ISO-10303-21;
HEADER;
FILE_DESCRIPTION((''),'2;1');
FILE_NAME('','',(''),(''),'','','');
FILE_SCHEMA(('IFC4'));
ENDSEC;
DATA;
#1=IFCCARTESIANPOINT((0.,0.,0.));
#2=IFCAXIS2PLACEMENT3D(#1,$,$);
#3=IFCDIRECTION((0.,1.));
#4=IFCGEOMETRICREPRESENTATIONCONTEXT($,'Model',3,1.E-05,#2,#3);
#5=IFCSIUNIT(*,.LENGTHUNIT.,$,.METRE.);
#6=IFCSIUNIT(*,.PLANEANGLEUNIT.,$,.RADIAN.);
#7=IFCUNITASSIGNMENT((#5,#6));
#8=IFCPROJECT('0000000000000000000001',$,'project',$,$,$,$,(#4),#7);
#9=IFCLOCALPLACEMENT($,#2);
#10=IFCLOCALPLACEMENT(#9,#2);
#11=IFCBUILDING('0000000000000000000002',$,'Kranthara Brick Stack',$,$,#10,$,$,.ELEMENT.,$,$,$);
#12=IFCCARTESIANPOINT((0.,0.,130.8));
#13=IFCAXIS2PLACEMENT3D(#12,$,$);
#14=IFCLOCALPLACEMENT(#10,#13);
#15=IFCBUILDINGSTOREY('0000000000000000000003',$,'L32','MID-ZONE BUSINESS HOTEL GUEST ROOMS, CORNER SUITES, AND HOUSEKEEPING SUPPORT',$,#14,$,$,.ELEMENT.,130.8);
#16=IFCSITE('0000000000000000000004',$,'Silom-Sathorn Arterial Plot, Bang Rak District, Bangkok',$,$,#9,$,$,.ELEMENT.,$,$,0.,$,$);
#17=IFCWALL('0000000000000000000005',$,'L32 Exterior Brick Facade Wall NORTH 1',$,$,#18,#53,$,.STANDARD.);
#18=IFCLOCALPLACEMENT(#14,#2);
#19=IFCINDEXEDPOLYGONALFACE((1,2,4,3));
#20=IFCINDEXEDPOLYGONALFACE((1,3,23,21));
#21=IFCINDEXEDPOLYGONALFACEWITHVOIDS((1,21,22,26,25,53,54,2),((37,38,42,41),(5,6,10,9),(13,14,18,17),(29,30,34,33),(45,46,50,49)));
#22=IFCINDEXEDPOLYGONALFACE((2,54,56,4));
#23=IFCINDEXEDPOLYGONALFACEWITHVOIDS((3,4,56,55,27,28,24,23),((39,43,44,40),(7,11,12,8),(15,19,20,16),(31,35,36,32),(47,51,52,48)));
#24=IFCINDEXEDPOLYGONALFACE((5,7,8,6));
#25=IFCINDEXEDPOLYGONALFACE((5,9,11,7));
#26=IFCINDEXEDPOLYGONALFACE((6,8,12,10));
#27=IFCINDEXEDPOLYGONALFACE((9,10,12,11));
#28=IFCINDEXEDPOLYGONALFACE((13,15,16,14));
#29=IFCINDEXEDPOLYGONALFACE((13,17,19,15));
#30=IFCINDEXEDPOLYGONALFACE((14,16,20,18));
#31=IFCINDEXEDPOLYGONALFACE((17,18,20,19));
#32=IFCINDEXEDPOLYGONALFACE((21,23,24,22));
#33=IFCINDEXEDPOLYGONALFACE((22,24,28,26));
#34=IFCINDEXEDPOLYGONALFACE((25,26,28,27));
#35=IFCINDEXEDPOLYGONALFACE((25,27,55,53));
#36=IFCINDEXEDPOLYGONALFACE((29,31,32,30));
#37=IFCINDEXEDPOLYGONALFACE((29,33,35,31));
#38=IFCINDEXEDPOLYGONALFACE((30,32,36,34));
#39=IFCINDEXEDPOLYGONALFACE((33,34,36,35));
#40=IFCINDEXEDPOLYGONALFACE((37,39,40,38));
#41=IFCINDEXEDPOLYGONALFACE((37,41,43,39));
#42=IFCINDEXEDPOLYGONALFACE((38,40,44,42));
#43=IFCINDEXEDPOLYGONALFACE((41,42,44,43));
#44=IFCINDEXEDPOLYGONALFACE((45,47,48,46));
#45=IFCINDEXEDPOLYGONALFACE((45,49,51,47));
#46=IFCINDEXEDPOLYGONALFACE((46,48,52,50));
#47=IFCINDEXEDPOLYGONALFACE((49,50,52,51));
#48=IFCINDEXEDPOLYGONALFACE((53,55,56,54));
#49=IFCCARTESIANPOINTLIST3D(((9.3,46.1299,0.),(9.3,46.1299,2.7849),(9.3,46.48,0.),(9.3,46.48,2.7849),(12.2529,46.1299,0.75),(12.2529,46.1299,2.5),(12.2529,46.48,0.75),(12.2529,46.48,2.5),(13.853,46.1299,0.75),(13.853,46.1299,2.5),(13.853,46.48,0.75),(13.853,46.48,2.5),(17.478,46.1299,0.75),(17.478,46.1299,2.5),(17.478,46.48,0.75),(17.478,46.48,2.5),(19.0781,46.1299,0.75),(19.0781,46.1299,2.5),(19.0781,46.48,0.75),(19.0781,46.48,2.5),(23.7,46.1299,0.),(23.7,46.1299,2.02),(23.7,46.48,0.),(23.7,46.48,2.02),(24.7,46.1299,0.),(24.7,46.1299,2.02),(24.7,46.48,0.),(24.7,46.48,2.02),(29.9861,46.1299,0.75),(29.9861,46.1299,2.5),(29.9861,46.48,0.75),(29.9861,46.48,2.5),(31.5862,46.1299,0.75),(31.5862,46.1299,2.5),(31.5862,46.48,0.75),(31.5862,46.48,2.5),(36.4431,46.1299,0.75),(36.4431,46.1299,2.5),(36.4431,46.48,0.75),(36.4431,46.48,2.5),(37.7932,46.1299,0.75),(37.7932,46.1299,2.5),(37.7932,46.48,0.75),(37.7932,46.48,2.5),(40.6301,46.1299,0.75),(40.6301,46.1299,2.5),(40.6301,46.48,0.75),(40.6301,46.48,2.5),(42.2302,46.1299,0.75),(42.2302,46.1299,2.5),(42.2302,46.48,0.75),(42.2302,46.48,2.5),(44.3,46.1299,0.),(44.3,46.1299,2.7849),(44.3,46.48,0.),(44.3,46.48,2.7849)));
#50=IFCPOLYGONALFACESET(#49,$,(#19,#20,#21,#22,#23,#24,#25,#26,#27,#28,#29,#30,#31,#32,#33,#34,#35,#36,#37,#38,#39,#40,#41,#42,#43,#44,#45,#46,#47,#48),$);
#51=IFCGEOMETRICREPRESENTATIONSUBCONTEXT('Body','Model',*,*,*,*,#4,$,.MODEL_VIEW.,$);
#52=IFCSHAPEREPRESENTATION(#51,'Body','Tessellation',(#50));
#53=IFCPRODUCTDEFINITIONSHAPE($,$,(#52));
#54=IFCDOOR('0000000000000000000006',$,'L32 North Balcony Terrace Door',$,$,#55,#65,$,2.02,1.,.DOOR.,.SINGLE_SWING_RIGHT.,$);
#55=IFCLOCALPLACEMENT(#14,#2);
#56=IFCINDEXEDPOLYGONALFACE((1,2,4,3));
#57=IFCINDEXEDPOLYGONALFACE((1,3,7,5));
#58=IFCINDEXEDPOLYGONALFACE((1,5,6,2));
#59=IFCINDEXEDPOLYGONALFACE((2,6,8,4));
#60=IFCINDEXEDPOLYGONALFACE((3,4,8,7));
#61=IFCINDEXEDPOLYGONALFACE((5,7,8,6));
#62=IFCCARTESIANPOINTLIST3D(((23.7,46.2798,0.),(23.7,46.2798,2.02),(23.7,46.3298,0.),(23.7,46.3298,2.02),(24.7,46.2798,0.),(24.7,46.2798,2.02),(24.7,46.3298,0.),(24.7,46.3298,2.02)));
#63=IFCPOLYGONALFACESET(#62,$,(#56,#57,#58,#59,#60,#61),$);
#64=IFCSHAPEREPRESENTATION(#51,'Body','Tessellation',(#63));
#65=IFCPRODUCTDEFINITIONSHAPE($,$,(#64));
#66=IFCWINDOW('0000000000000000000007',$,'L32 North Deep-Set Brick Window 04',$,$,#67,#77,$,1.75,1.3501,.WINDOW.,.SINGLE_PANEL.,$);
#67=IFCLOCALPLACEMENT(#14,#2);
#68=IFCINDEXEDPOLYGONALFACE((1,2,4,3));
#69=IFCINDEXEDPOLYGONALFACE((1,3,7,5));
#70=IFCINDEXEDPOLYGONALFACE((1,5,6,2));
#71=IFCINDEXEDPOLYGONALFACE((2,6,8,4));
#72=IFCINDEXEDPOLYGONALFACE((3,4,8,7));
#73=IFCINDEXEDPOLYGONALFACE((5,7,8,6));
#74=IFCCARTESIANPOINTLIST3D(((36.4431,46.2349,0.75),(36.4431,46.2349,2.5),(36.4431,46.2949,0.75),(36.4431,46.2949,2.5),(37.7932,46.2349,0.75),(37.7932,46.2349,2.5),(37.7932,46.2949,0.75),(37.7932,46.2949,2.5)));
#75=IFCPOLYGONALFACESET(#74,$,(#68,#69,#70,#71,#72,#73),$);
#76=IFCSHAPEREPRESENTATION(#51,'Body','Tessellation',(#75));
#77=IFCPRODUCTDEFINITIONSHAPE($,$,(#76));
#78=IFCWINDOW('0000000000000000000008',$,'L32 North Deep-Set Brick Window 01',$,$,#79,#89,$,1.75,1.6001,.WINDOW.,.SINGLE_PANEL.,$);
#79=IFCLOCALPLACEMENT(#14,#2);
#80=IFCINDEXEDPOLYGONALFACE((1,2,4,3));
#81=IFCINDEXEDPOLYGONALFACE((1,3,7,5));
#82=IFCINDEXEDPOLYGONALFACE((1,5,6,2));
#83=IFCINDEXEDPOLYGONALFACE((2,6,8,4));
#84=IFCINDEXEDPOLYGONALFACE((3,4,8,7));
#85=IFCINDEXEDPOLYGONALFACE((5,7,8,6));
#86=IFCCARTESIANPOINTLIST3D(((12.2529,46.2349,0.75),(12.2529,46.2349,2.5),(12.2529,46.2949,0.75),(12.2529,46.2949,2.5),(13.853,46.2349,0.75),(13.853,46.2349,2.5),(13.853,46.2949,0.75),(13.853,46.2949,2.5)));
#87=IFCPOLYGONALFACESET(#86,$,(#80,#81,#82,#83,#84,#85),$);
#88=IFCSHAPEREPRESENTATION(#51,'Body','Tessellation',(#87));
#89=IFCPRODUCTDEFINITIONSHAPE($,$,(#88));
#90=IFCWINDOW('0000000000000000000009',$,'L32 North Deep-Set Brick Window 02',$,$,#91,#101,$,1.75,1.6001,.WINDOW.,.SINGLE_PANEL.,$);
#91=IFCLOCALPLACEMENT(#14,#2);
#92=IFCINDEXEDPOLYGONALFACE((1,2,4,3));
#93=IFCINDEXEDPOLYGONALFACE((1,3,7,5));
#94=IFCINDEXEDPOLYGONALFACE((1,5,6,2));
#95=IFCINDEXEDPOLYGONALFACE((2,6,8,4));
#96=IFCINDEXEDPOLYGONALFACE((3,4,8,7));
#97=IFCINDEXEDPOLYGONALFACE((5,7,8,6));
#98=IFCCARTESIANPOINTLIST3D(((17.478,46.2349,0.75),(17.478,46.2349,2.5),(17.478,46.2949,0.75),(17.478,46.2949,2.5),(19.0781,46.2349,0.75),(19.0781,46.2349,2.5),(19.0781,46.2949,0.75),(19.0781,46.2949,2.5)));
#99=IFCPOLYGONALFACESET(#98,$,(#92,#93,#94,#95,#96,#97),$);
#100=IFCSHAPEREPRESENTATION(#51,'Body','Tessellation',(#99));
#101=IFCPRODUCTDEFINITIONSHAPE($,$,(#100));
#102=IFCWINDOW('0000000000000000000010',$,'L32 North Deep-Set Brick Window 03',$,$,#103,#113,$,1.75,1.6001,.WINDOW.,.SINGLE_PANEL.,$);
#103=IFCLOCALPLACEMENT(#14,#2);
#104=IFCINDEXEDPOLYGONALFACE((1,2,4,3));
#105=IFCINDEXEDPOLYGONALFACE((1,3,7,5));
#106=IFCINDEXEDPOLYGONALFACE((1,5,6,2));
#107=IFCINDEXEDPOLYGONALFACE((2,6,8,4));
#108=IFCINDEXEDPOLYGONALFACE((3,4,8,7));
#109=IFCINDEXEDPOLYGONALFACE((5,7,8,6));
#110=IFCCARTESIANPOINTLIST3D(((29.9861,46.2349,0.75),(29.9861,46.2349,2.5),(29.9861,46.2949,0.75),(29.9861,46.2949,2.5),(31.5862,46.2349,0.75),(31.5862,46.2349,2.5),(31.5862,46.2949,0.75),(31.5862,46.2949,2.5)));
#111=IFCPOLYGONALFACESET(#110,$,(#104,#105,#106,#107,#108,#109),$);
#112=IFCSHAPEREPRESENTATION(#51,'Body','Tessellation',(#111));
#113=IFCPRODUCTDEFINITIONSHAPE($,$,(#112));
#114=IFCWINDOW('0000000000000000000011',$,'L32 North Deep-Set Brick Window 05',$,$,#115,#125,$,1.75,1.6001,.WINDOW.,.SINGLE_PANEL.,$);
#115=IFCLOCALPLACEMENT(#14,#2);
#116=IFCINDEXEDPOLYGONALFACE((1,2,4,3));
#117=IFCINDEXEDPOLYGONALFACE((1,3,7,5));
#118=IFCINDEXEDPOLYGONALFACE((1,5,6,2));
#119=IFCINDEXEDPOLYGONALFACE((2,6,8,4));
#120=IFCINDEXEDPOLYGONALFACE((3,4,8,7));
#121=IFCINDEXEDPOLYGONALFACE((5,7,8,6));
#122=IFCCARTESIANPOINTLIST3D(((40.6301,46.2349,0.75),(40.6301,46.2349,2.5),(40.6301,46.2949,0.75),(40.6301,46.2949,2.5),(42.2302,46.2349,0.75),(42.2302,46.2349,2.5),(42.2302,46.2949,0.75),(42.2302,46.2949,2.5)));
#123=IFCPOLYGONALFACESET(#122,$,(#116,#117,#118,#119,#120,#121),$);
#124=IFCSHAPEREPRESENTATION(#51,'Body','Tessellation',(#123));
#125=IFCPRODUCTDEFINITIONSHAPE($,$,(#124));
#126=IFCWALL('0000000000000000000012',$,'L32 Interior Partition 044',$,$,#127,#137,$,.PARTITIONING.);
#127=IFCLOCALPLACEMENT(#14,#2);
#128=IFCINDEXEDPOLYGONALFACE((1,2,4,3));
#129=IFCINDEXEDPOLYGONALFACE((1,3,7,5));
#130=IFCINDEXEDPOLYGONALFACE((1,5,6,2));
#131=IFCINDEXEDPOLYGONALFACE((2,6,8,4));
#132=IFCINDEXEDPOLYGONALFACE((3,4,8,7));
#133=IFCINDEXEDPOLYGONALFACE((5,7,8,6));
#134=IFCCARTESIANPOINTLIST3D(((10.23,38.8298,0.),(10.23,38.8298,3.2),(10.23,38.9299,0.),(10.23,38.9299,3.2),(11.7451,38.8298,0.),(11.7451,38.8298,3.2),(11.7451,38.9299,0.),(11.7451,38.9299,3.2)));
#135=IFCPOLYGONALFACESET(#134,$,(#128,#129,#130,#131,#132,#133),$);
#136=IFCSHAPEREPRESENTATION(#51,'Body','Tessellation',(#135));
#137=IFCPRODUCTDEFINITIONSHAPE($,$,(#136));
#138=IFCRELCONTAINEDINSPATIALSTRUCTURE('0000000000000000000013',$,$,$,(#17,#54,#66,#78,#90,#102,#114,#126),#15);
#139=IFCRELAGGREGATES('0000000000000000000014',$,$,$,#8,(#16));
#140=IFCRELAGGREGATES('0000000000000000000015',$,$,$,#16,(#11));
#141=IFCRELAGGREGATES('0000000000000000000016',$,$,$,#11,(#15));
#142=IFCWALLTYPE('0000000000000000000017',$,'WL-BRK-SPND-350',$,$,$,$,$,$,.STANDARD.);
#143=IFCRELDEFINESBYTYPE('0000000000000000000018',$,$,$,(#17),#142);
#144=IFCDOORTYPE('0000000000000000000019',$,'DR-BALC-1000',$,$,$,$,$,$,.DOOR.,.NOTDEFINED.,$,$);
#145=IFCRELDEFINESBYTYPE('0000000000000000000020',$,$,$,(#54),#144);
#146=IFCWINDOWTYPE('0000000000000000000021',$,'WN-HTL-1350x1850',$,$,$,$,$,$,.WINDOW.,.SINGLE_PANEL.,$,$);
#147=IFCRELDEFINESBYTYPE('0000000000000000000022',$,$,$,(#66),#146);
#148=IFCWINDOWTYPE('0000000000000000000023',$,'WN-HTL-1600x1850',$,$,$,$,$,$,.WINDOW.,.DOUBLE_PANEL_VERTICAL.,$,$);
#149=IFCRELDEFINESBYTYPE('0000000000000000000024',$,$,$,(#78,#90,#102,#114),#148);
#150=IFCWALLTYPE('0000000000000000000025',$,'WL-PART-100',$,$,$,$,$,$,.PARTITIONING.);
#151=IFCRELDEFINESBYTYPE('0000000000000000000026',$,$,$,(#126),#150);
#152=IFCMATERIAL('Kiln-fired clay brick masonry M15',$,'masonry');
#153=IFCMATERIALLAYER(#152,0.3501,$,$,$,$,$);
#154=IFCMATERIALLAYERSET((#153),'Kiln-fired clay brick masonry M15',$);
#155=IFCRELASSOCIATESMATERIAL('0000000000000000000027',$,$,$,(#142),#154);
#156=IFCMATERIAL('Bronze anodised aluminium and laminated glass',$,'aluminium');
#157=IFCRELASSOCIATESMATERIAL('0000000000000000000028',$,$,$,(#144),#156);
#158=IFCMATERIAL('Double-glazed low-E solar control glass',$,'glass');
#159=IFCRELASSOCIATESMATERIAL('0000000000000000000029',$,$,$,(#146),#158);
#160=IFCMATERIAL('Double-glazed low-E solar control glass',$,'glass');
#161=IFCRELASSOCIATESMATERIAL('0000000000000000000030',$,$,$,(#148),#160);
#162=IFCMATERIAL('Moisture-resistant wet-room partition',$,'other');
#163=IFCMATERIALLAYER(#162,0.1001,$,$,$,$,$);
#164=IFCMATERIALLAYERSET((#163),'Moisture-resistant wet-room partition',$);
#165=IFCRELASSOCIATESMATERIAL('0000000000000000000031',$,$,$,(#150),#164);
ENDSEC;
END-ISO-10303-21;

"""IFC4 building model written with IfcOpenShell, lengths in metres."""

from ifc_helpers import new_model, si_unit, direction, frame, frame_2d, origin, place, context, subcontext, project, spatial, rectangle, extrude, material, layer, layer_set, type_object, element, fill, save


model = new_model("IFC4")

# Units and contexts
model_context = context("Model", 3, precision=1e-05, world=origin(), true_north=direction((0.0, 1.0)))
body_context = subcontext(model_context, "Body", "Model", "MODEL_VIEW")
ifc_project = project(units=[si_unit("LENGTHUNIT", "METRE"), si_unit("PLANEANGLEUNIT", "RADIAN")], contexts=[model_context])

# Site, building, storey
site_placement = place(None, origin())
site = spatial("IfcSite", under=ifc_project, at=site_placement, Name="Silom-Sathorn Arterial Plot, Bang Rak District, Bangkok", CompositionType="ELEMENT", RefElevation=0.0)
building_placement = place(site_placement, origin())
building = spatial("IfcBuilding", under=site, at=building_placement, Name="Kranthara Brick Stack", CompositionType="ELEMENT")
storey_placement = place(building_placement, frame((0.0, 0.0, 130.8)))
storey = spatial("IfcBuildingStorey", under=building, at=storey_placement, Name="L32", Description="MID-ZONE BUSINESS HOTEL GUEST ROOMS, CORNER SUITES, AND HOUSEKEEPING SUPPORT", CompositionType="ELEMENT", Elevation=130.8)

# Shared definitions
ifc_material_1 = material(Name="Kiln-fired clay brick masonry M15", Category="masonry")
ifc_layer_1 = layer(ifc_material_1, 0.3501)
ifc_layer_set_1 = layer_set([ifc_layer_1], Name="Kiln-fired clay brick masonry M15")
wall_type_1 = type_object("IfcWallType", Name="WL-BRK-SPND-350", PredefinedType="STANDARD", material=ifc_layer_set_1)

# Wall, openings, door, windows
wall_1_placement = place(storey_placement, frame((9.3, 46.3049, 0.0), z_axis=(0.0, 0.0, 1.0), x_axis=(1.0, 0.0, 0.0)))
wall_1 = element("IfcWall", 1, at=wall_1_placement, inside=storey, type_object=wall_type_1, Name="L32 Exterior Brick Facade Wall NORTH 1", PredefinedType="STANDARD", context=body_context, shape_type="SweptSolid", body=[
    extrude(rectangle(XDim=35.0, YDim=0.3501, at=frame_2d((17.5, 0.0))), origin(), (0.0, 0.0, 1.0), 2.7849),
])
opening_1_placement = place(wall_1_placement, frame((14.3999, 0.0, 0.0)))
opening_1 = element("IfcOpeningElement", 2, at=opening_1_placement, cuts=wall_1, PredefinedType="OPENING", context=body_context, shape_type="SweptSolid", body=[
    extrude(rectangle(XDim=1.0, YDim=2.02, at=frame_2d((0.5, 1.01))), frame((0.0, 0.1851, 0.0), z_axis=(0.0, -1.0, 0.0), x_axis=(1.0, 0.0, 0.0)), (0.0, 0.0, 1.0), 0.3701),
])
opening_2_placement = place(wall_1_placement, frame((2.9529, 0.0, 0.75)))
opening_2 = element("IfcOpeningElement", 3, at=opening_2_placement, cuts=wall_1, PredefinedType="OPENING", context=body_context, shape_type="SweptSolid", body=[
    extrude(rectangle(XDim=1.6001, YDim=1.75, at=frame_2d((0.8, 0.875))), frame((0.0, 0.1851, 0.0), z_axis=(0.0, -1.0, 0.0), x_axis=(1.0, 0.0, 0.0)), (0.0, 0.0, 1.0), 0.3701),
])
opening_3_placement = place(wall_1_placement, frame((8.178, 0.0, 0.75)))
opening_3 = element("IfcOpeningElement", 4, at=opening_3_placement, cuts=wall_1, PredefinedType="OPENING", context=body_context, shape_type="SweptSolid", body=[
    extrude(rectangle(XDim=1.6001, YDim=1.75, at=frame_2d((0.8, 0.875))), frame((0.0, 0.1851, 0.0), z_axis=(0.0, -1.0, 0.0), x_axis=(1.0, 0.0, 0.0)), (0.0, 0.0, 1.0), 0.3701),
])
opening_4_placement = place(wall_1_placement, frame((20.686, 0.0, 0.75)))
opening_4 = element("IfcOpeningElement", 5, at=opening_4_placement, cuts=wall_1, PredefinedType="OPENING", context=body_context, shape_type="SweptSolid", body=[
    extrude(rectangle(XDim=1.6001, YDim=1.75, at=frame_2d((0.8, 0.875))), frame((0.0, 0.1851, 0.0), z_axis=(0.0, -1.0, 0.0), x_axis=(1.0, 0.0, 0.0)), (0.0, 0.0, 1.0), 0.3701),
])
opening_5_placement = place(wall_1_placement, frame((27.1431, 0.0, 0.75)))
opening_5 = element("IfcOpeningElement", 6, at=opening_5_placement, cuts=wall_1, PredefinedType="OPENING", context=body_context, shape_type="SweptSolid", body=[
    extrude(rectangle(XDim=1.3501, YDim=1.75, at=frame_2d((0.675, 0.875))), frame((0.0, 0.1851, 0.0), z_axis=(0.0, -1.0, 0.0), x_axis=(1.0, 0.0, 0.0)), (0.0, 0.0, 1.0), 0.3701),
])
opening_6_placement = place(wall_1_placement, frame((31.3301, 0.0, 0.75)))
opening_6 = element("IfcOpeningElement", 7, at=opening_6_placement, cuts=wall_1, PredefinedType="OPENING", context=body_context, shape_type="SweptSolid", body=[
    extrude(rectangle(XDim=1.6001, YDim=1.75, at=frame_2d((0.8, 0.875))), frame((0.0, 0.1851, 0.0), z_axis=(0.0, -1.0, 0.0), x_axis=(1.0, 0.0, 0.0)), (0.0, 0.0, 1.0), 0.3701),
])
ifc_material_2 = material(Name="Bronze anodised aluminium and laminated glass", Category="aluminium")
door_type_1 = type_object("IfcDoorType", Name="DR-BALC-1000", OperationType="NOTDEFINED", PredefinedType="DOOR", material=ifc_material_2)
door_1_placement = place(opening_1_placement, origin())
door_1 = element("IfcDoor", 8, at=door_1_placement, inside=storey, type_object=door_type_1, Name="L32 North Balcony Terrace Door", OperationType="SINGLE_SWING_RIGHT", OverallHeight=2.02, OverallWidth=1.0, PredefinedType="DOOR", context=body_context, shape_type="SweptSolid", body=[
    extrude(rectangle(XDim=1.0, YDim=2.02, at=frame_2d((0.5, 1.01))), frame((0.0, 0.0249, 0.0), z_axis=(0.0, -1.0, 0.0), x_axis=(1.0, 0.0, 0.0)), (0.0, 0.0, 1.0), 0.05),
])
fill(opening_1, door_1)
ifc_material_3 = material(Name="Double-glazed low-E solar control glass", Category="glass")
window_type_1 = type_object("IfcWindowType", Name="WN-HTL-1350x1850", PartitioningType="SINGLE_PANEL", PredefinedType="WINDOW", material=ifc_material_3)
window_1_placement = place(opening_5_placement, origin())
window_1 = element("IfcWindow", 9, at=window_1_placement, inside=storey, type_object=window_type_1, Name="L32 North Deep-Set Brick Window 04", OverallHeight=1.75, OverallWidth=1.3501, PartitioningType="SINGLE_PANEL", PredefinedType="WINDOW", context=body_context, shape_type="SweptSolid", body=[
    extrude(rectangle(XDim=1.3501, YDim=1.75, at=frame_2d((0.675, 0.875))), frame((0.0, -0.01, 0.0), z_axis=(0.0, -1.0, 0.0), x_axis=(1.0, 0.0, 0.0)), (0.0, 0.0, 1.0), 0.0601),
])
fill(opening_5, window_1)
ifc_material_4 = material(Name="Double-glazed low-E solar control glass", Category="glass")
window_type_2 = type_object("IfcWindowType", Name="WN-HTL-1600x1850", PartitioningType="DOUBLE_PANEL_VERTICAL", PredefinedType="WINDOW", material=ifc_material_4)
window_2_placement = place(opening_2_placement, origin())
window_2 = element("IfcWindow", 10, at=window_2_placement, inside=storey, type_object=window_type_2, Name="L32 North Deep-Set Brick Window 01", OverallHeight=1.75, OverallWidth=1.6001, PartitioningType="SINGLE_PANEL", PredefinedType="WINDOW", context=body_context, shape_type="SweptSolid", body=[
    extrude(rectangle(XDim=1.6001, YDim=1.75, at=frame_2d((0.8, 0.875))), frame((0.0, -0.01, 0.0), z_axis=(0.0, -1.0, 0.0), x_axis=(1.0, 0.0, 0.0)), (0.0, 0.0, 1.0), 0.0601),
])
fill(opening_2, window_2)
window_3_placement = place(opening_3_placement, origin())
window_3 = element("IfcWindow", 11, at=window_3_placement, inside=storey, type_object=window_type_2, Name="L32 North Deep-Set Brick Window 02", OverallHeight=1.75, OverallWidth=1.6001, PartitioningType="SINGLE_PANEL", PredefinedType="WINDOW", context=body_context, shape_type="SweptSolid", body=[
    extrude(rectangle(XDim=1.6001, YDim=1.75, at=frame_2d((0.8, 0.875))), frame((0.0, -0.01, 0.0), z_axis=(0.0, -1.0, 0.0), x_axis=(1.0, 0.0, 0.0)), (0.0, 0.0, 1.0), 0.0601),
])
fill(opening_3, window_3)
window_4_placement = place(opening_4_placement, origin())
window_4 = element("IfcWindow", 12, at=window_4_placement, inside=storey, type_object=window_type_2, Name="L32 North Deep-Set Brick Window 03", OverallHeight=1.75, OverallWidth=1.6001, PartitioningType="SINGLE_PANEL", PredefinedType="WINDOW", context=body_context, shape_type="SweptSolid", body=[
    extrude(rectangle(XDim=1.6001, YDim=1.75, at=frame_2d((0.8, 0.875))), frame((0.0, -0.01, 0.0), z_axis=(0.0, -1.0, 0.0), x_axis=(1.0, 0.0, 0.0)), (0.0, 0.0, 1.0), 0.0601),
])
fill(opening_4, window_4)
window_5_placement = place(opening_6_placement, origin())
window_5 = element("IfcWindow", 13, at=window_5_placement, inside=storey, type_object=window_type_2, Name="L32 North Deep-Set Brick Window 05", OverallHeight=1.75, OverallWidth=1.6001, PartitioningType="SINGLE_PANEL", PredefinedType="WINDOW", context=body_context, shape_type="SweptSolid", body=[
    extrude(rectangle(XDim=1.6001, YDim=1.75, at=frame_2d((0.8, 0.875))), frame((0.0, -0.01, 0.0), z_axis=(0.0, -1.0, 0.0), x_axis=(1.0, 0.0, 0.0)), (0.0, 0.0, 1.0), 0.0601),
])
fill(opening_6, window_5)

# Wall
ifc_material_5 = material(Name="Moisture-resistant wet-room partition", Category="other")
ifc_layer_2 = layer(ifc_material_5, 0.1001)
ifc_layer_set_2 = layer_set([ifc_layer_2], Name="Moisture-resistant wet-room partition")
wall_type_2 = type_object("IfcWallType", Name="WL-PART-100", PredefinedType="PARTITIONING", material=ifc_layer_set_2)
wall_2_placement = place(storey_placement, frame((10.23, 38.8799, 0.0), z_axis=(0.0, 0.0, 1.0), x_axis=(1.0, 0.0, 0.0)))
element("IfcWall", 14, at=wall_2_placement, inside=storey, type_object=wall_type_2, Name="L32 Interior Partition 044", PredefinedType="PARTITIONING", context=body_context, shape_type="SweptSolid", body=[
    extrude(rectangle(XDim=1.5151, YDim=0.1001, at=frame_2d((0.7576, 0.0))), origin(), (0.0, 0.0, 1.0), 3.2),
])

save(model, "model.ifc")
